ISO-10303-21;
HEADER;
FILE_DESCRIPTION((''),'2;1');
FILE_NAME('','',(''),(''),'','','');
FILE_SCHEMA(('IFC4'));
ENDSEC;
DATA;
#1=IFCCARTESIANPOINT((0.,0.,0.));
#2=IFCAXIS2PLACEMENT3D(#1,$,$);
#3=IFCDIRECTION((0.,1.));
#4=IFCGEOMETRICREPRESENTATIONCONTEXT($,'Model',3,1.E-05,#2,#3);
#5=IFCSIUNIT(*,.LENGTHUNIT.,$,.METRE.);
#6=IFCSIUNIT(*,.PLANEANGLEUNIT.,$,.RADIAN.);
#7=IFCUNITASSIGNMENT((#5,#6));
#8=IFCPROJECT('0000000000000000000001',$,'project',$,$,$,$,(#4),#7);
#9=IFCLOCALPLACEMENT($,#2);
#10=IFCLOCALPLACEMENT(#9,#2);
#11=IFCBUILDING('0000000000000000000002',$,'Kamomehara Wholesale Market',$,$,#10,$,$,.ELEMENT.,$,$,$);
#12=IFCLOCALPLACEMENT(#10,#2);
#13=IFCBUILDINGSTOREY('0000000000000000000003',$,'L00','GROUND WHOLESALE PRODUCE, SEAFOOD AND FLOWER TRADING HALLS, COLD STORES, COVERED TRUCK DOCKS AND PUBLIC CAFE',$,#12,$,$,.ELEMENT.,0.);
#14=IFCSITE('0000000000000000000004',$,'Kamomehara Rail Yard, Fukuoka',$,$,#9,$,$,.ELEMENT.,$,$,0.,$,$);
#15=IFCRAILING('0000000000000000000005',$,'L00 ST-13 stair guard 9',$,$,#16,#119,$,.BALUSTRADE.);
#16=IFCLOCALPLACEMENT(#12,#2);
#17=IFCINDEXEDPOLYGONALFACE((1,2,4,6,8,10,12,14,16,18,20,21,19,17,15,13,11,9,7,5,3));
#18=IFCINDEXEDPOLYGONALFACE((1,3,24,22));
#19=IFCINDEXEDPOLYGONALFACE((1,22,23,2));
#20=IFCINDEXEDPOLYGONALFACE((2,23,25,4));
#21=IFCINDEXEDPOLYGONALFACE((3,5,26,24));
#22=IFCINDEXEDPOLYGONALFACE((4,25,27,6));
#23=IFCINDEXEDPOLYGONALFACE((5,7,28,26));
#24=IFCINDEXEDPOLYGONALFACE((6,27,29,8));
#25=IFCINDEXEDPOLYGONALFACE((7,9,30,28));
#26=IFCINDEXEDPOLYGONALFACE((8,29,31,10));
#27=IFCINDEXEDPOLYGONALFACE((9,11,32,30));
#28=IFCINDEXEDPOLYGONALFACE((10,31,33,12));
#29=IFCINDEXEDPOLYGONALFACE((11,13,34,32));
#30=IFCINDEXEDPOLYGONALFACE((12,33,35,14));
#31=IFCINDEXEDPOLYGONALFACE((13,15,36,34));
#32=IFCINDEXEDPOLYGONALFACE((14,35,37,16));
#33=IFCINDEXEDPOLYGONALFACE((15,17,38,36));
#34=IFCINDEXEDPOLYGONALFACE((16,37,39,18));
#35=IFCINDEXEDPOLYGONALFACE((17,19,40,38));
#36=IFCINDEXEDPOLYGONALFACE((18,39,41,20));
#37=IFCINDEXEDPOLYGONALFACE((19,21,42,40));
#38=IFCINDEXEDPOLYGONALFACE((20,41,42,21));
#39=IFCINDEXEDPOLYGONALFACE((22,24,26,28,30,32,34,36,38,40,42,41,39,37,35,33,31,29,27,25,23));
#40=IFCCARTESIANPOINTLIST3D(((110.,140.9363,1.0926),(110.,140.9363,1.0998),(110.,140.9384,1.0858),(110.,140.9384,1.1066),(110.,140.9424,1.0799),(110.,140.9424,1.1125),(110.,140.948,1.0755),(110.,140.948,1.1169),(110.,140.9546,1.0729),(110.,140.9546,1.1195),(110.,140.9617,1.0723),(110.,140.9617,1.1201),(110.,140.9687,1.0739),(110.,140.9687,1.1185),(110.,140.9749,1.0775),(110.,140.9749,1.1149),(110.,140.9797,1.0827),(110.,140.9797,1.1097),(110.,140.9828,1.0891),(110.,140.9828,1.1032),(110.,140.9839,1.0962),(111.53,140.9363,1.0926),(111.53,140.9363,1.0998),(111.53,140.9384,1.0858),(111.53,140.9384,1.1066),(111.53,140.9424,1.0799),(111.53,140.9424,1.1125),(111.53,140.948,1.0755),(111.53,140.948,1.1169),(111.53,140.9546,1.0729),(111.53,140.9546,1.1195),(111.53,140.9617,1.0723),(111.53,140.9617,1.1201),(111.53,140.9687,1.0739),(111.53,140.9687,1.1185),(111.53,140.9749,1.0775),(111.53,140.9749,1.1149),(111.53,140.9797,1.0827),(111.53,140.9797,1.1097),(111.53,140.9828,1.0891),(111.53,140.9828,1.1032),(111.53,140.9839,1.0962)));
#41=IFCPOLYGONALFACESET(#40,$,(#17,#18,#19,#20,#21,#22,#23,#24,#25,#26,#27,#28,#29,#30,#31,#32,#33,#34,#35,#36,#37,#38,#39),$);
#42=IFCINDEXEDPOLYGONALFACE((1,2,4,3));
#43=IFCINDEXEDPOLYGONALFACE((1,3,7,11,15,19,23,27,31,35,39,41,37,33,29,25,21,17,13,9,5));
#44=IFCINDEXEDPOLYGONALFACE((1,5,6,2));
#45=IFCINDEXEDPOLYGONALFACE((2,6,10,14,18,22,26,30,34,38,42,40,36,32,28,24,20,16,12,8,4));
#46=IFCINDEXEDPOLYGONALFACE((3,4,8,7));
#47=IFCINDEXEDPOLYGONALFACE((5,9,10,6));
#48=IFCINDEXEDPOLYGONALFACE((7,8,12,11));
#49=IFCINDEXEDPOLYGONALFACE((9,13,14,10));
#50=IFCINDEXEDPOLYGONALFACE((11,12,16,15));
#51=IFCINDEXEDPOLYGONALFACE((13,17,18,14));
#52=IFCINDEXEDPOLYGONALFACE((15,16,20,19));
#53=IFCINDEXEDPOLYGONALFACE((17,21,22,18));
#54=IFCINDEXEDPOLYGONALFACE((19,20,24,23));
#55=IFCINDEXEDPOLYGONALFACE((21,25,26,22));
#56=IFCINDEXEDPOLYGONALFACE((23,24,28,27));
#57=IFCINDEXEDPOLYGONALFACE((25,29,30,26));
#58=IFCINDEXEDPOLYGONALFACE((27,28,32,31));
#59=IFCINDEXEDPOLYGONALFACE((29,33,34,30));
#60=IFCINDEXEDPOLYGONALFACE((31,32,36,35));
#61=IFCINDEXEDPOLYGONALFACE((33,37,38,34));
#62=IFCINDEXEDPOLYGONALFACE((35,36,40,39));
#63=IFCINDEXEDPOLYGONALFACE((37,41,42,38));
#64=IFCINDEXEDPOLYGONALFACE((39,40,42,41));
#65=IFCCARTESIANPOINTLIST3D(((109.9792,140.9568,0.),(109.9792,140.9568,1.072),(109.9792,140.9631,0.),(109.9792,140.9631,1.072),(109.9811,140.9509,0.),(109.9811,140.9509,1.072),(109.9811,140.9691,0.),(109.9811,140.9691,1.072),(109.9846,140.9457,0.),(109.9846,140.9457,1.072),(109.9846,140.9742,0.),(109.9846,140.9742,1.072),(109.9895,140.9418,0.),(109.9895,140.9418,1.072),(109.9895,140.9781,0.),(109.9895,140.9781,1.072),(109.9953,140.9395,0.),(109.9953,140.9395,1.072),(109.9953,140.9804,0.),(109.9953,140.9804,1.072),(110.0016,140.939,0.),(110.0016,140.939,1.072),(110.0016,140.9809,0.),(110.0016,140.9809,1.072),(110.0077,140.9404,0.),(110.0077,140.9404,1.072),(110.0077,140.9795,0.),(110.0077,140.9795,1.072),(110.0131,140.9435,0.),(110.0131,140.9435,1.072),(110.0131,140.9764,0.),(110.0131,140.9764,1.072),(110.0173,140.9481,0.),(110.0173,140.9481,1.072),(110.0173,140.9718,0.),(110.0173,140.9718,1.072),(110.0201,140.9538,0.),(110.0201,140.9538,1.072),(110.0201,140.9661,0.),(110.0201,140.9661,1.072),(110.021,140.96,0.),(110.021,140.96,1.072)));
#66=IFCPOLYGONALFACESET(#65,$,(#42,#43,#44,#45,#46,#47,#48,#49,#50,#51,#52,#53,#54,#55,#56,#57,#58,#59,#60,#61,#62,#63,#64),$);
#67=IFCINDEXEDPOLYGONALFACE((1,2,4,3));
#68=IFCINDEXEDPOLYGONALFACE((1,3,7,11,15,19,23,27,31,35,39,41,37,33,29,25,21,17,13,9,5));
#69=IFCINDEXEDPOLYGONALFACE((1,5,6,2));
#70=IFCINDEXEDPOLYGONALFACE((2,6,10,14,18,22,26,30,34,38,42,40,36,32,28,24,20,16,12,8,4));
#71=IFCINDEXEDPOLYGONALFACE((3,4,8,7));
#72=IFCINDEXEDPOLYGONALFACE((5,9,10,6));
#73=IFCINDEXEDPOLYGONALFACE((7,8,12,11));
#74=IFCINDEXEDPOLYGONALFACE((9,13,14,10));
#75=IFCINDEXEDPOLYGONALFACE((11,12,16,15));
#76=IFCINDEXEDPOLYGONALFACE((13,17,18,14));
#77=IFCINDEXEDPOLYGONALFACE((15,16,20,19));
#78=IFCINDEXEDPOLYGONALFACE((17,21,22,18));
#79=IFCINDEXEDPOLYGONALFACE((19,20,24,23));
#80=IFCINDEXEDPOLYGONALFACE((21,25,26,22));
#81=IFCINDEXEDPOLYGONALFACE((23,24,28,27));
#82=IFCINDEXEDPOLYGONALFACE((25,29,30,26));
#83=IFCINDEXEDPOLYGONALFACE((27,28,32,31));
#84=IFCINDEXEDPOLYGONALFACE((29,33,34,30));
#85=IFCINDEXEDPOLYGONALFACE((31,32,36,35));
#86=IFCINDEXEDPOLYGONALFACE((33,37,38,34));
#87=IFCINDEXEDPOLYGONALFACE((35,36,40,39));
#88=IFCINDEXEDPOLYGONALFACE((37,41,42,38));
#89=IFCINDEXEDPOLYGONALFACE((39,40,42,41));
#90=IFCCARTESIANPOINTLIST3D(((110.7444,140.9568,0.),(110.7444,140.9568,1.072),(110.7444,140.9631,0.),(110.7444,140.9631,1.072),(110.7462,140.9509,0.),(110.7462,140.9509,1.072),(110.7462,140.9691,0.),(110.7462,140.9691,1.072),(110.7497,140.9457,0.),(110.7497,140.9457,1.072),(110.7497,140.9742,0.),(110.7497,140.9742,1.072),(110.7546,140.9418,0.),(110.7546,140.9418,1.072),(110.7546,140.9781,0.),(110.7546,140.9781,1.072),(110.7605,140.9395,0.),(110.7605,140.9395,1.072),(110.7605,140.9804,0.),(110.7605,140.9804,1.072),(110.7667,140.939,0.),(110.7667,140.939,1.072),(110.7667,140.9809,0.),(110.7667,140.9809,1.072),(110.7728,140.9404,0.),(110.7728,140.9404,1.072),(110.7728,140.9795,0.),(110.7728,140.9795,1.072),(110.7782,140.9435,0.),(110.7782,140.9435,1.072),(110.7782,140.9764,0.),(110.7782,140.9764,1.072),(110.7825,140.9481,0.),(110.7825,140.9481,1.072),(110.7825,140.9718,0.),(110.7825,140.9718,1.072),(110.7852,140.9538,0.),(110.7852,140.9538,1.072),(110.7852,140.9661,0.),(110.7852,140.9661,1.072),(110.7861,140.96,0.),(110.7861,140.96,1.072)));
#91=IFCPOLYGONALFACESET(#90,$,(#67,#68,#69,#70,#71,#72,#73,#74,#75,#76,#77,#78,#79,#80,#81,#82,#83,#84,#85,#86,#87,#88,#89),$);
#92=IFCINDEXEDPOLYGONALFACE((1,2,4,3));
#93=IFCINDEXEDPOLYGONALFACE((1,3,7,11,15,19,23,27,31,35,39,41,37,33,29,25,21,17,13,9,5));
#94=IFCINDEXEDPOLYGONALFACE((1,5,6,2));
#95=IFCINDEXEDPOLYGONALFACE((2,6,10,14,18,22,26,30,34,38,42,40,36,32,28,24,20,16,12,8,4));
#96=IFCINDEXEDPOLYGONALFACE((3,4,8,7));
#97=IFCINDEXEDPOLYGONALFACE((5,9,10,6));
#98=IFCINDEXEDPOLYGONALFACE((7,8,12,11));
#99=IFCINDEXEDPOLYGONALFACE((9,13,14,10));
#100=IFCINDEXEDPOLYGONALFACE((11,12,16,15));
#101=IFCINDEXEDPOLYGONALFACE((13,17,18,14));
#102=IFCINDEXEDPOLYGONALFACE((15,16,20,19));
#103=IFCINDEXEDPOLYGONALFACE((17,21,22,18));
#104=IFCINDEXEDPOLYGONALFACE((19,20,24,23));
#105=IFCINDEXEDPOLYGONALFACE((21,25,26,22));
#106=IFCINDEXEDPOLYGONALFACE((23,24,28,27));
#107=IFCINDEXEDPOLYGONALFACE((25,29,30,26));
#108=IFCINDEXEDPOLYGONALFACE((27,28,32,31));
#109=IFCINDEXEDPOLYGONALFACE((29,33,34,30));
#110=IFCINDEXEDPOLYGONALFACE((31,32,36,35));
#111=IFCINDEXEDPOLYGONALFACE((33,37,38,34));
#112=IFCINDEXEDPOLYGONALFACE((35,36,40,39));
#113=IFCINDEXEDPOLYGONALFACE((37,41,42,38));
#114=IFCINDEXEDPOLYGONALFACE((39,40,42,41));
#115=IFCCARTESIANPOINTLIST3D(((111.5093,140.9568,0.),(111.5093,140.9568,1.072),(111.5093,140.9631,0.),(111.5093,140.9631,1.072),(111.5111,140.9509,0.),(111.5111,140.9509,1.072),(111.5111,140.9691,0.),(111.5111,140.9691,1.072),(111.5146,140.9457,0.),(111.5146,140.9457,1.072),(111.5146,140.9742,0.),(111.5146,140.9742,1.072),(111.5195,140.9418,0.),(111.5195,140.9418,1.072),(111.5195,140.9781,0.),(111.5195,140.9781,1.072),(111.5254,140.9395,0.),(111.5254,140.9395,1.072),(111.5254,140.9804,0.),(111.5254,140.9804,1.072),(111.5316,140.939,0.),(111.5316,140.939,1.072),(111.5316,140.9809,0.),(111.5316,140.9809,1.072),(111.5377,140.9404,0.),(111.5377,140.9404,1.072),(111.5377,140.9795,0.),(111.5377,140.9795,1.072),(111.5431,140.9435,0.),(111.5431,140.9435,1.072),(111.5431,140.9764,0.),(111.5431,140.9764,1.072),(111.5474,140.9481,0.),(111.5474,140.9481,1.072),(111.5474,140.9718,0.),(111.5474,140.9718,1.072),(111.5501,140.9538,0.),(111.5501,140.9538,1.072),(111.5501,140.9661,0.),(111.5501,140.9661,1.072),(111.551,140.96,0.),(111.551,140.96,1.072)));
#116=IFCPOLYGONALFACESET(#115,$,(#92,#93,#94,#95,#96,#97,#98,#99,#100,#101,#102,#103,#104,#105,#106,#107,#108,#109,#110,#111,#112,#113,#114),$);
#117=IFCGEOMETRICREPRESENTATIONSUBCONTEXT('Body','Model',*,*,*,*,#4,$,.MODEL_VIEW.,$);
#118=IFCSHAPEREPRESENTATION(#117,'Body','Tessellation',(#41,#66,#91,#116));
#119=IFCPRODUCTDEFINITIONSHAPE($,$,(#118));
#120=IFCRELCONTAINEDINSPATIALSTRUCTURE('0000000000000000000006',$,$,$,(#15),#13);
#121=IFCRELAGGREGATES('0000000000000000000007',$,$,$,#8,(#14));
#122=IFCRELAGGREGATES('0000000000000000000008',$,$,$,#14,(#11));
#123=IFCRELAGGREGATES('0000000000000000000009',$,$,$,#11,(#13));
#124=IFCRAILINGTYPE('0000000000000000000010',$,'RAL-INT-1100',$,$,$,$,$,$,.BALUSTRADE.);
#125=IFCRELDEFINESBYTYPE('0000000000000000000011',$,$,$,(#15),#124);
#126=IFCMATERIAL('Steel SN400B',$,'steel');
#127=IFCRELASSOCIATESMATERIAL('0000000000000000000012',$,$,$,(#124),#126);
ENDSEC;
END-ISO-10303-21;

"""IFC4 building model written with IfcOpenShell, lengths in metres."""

from ifc_helpers import new_model, si_unit, direction, frame, origin, origin_2d, place, context, subcontext, project, spatial, circle, extrude, material, type_object, element, save


model = new_model("IFC4")

# Units and contexts
model_context = context("Model", 3, precision=1e-05, world=origin(), true_north=direction((0.0, 1.0)))
body_context = subcontext(model_context, "Body", "Model", "MODEL_VIEW")
ifc_project = project(units=[si_unit("LENGTHUNIT", "METRE"), si_unit("PLANEANGLEUNIT", "RADIAN")], contexts=[model_context])

# Site, building, storey
site_placement = place(None, origin())
site = spatial("IfcSite", under=ifc_project, at=site_placement, Name="Kamomehara Rail Yard, Fukuoka", CompositionType="ELEMENT", RefElevation=0.0)
building_placement = place(site_placement, origin())
building = spatial("IfcBuilding", under=site, at=building_placement, Name="Kamomehara Wholesale Market", CompositionType="ELEMENT")
storey_placement = place(building_placement, origin())
storey = spatial("IfcBuildingStorey", under=building, at=storey_placement, Name="L00", Description="GROUND WHOLESALE PRODUCE, SEAFOOD AND FLOWER TRADING HALLS, COLD STORES, COVERED TRUCK DOCKS AND PUBLIC CAFE", CompositionType="ELEMENT", Elevation=0.0)

# Railing
ifc_material_1 = material(Name="Steel SN400B", Category="steel")
railing_type = type_object("IfcRailingType", Name="RAL-INT-1100", PredefinedType="BALUSTRADE", material=ifc_material_1)
railing_placement = place(storey_placement, frame((110.0, 140.96, 0.0)))
element("IfcRailing", 1, at=railing_placement, inside=storey, type_object=railing_type, Name="L00 ST-13 stair guard 9", PredefinedType="BALUSTRADE", context=body_context, shape_type="SweptSolid", body=[
    extrude(circle(Radius=0.0239, at=origin_2d()), frame((0.0, 0.0, 1.0962), z_axis=(1.0, 0.0, 0.0), x_axis=(0.0, 1.0, 0.0)), (0.0, 0.0, 1.0), 1.53),
    extrude(circle(Radius=0.021, at=origin_2d()), origin(), (0.0, 0.0, 1.0), 1.072),
    extrude(circle(Radius=0.021, at=origin_2d()), frame((0.7651, 0.0, 0.0)), (0.0, 0.0, 1.0), 1.072),
    extrude(circle(Radius=0.021, at=origin_2d()), frame((1.53, 0.0, 0.0)), (0.0, 0.0, 1.0), 1.072),
])

save(model, "model.ifc")
